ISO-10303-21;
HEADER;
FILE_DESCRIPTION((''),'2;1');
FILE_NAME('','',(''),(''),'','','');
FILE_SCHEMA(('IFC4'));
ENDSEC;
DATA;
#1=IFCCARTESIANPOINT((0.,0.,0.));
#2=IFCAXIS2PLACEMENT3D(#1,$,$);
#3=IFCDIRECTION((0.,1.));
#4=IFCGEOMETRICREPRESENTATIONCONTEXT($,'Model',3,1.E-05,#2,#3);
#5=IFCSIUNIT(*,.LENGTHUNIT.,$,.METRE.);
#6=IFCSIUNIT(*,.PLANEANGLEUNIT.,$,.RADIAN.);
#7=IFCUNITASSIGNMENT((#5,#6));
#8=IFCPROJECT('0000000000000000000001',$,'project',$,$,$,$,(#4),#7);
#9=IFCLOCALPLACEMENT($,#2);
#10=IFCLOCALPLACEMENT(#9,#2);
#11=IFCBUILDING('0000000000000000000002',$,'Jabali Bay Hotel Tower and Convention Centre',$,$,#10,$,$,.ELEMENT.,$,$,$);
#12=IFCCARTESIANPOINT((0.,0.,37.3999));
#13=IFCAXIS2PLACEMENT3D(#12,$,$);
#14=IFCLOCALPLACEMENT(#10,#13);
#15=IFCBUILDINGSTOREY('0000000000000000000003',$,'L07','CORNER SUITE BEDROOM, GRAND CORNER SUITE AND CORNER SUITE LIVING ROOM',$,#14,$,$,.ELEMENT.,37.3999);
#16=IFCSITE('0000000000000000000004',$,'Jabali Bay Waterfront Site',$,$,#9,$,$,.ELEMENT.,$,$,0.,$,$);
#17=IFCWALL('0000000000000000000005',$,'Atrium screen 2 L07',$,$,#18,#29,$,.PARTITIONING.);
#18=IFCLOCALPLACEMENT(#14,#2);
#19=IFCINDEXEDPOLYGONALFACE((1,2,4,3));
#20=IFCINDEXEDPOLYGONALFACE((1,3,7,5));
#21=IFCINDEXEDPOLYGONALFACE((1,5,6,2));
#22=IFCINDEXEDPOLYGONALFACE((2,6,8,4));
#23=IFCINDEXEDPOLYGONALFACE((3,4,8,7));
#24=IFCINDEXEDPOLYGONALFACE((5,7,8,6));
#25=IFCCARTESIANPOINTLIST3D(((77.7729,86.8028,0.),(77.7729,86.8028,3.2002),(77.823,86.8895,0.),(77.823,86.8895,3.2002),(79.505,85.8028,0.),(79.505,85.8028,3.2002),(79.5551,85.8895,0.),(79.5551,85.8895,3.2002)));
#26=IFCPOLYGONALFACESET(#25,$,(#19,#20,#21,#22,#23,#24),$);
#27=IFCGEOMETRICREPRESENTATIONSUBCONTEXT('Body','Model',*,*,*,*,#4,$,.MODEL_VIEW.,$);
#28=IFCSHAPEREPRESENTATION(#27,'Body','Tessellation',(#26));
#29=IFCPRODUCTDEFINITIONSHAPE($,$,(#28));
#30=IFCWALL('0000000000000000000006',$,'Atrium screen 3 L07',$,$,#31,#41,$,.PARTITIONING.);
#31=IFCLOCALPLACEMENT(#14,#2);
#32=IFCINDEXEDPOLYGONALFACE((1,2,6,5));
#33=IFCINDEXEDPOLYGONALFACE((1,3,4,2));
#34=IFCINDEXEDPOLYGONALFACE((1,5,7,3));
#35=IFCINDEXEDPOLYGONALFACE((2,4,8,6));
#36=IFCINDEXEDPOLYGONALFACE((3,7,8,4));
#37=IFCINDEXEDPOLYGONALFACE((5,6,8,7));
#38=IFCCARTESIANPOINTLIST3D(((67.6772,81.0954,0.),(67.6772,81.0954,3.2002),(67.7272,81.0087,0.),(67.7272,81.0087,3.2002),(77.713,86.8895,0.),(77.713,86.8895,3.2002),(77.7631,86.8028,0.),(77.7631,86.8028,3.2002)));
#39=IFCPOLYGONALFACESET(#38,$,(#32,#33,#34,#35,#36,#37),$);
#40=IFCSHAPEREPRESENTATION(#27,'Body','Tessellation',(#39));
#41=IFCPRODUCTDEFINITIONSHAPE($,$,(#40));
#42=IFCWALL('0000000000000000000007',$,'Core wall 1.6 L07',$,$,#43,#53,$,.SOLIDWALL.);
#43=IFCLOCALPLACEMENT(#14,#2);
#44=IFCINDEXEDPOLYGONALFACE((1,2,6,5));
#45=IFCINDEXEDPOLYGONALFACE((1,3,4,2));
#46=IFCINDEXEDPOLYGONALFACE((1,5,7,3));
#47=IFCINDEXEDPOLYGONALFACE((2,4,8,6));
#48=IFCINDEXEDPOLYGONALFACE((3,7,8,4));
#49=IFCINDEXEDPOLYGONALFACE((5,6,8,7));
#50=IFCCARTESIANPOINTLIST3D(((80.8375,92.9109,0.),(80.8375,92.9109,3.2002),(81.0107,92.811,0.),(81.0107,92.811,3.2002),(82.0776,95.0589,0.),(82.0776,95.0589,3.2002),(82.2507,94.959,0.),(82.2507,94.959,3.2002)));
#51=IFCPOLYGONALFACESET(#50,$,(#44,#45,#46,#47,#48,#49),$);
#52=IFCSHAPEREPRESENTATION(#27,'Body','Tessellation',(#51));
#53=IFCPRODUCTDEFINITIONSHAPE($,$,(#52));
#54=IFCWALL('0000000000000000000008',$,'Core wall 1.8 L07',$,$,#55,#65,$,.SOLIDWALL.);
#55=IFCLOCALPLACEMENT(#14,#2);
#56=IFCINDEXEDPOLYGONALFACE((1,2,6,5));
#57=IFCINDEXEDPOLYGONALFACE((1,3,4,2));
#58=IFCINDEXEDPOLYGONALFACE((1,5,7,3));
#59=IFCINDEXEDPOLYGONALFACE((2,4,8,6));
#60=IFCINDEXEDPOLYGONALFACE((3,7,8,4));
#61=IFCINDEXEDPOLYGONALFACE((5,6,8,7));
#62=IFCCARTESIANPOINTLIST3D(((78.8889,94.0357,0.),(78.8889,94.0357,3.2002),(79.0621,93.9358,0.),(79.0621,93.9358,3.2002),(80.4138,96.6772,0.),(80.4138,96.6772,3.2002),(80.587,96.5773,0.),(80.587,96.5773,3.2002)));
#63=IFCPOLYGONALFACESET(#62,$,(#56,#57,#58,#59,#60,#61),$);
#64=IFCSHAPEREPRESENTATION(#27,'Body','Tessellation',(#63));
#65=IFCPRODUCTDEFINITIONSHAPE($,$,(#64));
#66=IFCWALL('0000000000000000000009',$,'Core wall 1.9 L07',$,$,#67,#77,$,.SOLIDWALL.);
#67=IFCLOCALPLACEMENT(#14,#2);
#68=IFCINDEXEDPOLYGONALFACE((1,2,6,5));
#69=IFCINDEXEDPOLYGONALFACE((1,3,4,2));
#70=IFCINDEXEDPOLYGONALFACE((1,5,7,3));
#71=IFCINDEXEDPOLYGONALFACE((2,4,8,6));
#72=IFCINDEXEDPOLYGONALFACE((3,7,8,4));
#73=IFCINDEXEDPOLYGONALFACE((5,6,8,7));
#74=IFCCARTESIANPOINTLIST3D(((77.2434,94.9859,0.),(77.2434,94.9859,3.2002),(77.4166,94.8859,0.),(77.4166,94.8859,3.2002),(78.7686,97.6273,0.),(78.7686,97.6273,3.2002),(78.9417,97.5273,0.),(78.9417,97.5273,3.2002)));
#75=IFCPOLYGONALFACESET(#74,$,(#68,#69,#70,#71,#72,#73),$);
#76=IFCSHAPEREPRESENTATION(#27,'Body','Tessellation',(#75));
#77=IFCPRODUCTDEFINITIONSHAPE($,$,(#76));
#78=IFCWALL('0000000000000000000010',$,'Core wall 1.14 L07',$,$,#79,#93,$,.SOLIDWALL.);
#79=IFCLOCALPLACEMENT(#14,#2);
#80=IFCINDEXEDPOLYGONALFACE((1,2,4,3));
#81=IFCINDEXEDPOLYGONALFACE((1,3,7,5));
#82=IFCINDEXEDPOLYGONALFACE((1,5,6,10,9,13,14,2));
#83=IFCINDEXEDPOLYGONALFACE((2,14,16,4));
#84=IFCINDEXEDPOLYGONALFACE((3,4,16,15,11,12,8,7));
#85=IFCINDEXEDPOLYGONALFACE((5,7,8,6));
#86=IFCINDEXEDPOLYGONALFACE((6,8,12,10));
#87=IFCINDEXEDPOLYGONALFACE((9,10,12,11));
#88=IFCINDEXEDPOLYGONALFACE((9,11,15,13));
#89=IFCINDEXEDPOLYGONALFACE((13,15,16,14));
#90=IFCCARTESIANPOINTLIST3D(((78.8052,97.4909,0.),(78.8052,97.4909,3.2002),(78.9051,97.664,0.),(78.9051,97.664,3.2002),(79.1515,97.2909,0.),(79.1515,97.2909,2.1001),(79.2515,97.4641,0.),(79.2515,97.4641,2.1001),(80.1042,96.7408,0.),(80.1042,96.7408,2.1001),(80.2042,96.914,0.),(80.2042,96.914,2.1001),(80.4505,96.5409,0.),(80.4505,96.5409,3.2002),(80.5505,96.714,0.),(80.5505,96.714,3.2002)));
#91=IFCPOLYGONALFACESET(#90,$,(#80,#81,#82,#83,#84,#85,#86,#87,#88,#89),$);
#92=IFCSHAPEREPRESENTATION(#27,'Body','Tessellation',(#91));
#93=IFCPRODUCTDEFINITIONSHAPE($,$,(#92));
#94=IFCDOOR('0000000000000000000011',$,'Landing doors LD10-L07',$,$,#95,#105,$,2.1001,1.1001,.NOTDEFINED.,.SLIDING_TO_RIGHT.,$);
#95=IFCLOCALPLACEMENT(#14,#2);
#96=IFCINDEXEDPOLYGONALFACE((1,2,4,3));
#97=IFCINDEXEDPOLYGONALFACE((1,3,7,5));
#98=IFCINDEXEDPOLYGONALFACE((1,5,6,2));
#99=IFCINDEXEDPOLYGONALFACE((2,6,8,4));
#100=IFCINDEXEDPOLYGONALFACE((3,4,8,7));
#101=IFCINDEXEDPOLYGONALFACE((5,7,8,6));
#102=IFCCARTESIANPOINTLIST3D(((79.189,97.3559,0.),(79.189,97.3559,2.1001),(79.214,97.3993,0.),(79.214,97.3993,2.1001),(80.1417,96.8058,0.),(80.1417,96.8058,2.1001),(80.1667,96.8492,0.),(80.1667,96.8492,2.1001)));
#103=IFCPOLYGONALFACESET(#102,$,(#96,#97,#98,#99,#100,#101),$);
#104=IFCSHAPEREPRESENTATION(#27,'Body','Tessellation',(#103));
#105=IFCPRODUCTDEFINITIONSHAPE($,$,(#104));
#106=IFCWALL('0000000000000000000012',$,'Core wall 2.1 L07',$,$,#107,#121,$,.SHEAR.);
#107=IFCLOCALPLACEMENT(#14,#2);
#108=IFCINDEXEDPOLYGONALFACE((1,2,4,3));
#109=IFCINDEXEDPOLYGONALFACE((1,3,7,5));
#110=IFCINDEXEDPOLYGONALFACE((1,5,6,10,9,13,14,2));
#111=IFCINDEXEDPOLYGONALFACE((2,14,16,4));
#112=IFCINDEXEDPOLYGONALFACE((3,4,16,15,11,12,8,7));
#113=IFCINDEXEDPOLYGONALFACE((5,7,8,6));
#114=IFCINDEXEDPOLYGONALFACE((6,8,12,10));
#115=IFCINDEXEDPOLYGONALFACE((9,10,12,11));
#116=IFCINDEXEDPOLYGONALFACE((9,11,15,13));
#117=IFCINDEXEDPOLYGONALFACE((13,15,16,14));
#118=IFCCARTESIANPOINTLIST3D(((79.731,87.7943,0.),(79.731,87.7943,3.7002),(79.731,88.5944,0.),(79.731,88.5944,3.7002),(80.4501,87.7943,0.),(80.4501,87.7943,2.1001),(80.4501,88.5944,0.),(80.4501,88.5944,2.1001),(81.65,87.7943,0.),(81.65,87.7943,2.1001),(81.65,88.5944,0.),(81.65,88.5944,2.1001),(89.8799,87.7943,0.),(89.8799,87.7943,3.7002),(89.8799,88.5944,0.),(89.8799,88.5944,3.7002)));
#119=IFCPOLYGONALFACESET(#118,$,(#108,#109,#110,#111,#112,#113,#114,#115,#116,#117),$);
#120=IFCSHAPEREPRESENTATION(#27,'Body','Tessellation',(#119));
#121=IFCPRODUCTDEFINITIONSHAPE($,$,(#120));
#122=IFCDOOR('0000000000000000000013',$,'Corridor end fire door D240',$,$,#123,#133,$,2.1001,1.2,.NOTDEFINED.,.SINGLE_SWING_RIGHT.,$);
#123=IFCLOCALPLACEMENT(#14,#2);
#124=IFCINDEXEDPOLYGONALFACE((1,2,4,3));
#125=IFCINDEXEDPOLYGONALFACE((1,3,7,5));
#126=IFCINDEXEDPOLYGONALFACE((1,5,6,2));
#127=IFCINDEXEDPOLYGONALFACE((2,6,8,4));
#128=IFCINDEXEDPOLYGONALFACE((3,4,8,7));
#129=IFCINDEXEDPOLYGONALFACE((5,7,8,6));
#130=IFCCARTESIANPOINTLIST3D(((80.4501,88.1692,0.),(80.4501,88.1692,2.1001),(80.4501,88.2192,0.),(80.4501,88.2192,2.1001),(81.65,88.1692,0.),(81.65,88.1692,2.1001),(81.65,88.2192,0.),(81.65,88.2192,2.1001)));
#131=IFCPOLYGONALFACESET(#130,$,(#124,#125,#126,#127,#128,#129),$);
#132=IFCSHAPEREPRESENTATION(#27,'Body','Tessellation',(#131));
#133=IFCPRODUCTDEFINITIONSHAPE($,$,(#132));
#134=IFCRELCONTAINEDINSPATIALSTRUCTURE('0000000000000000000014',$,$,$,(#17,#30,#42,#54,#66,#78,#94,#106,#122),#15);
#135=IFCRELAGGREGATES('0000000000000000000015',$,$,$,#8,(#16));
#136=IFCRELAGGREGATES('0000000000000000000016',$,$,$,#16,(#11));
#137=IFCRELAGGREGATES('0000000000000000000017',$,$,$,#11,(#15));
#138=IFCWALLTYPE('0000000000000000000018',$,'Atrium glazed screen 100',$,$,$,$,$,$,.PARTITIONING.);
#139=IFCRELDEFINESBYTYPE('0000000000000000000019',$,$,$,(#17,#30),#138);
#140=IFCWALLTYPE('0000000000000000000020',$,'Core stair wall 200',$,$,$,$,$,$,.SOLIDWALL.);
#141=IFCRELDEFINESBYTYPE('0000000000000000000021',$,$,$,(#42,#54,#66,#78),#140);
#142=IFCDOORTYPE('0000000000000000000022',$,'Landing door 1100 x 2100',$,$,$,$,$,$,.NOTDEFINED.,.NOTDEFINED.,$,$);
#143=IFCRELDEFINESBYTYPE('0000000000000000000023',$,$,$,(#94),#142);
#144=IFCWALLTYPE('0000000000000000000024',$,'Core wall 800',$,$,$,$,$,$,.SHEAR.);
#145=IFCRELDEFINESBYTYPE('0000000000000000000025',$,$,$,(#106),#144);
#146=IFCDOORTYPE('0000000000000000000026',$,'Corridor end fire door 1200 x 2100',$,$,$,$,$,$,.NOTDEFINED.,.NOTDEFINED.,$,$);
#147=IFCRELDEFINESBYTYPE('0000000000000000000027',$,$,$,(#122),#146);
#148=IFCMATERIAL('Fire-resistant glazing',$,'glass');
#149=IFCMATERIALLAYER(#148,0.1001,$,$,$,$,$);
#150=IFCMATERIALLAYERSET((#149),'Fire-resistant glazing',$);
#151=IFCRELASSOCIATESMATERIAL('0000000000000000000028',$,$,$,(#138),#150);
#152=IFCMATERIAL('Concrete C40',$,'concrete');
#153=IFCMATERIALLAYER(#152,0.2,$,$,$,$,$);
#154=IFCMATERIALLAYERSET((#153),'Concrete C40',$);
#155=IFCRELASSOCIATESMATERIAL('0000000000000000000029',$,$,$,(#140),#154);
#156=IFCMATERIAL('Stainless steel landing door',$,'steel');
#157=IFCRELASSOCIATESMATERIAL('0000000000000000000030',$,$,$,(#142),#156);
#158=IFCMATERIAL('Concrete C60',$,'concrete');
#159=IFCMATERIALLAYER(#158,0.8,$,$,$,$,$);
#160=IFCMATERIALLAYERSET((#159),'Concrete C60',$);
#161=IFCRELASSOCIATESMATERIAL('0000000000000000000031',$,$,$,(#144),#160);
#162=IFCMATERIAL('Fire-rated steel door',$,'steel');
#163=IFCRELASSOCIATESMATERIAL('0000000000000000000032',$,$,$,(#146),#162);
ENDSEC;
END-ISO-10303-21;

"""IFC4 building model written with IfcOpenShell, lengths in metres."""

from ifc_helpers import new_model, si_unit, direction, frame, frame_2d, origin, place, context, subcontext, project, spatial, rectangle, extrude, material, layer, layer_set, type_object, element, fill, save


model = new_model("IFC4")

# Units and contexts
model_context = context("Model", 3, precision=1e-05, world=origin(), true_north=direction((0.0, 1.0)))
body_context = subcontext(model_context, "Body", "Model", "MODEL_VIEW")
ifc_project = project(units=[si_unit("LENGTHUNIT", "METRE"), si_unit("PLANEANGLEUNIT", "RADIAN")], contexts=[model_context])

# Site, building, storey
site_placement = place(None, origin())
site = spatial("IfcSite", under=ifc_project, at=site_placement, Name="Jabali Bay Waterfront Site", CompositionType="ELEMENT", RefElevation=0.0)
building_placement = place(site_placement, origin())
building = spatial("IfcBuilding", under=site, at=building_placement, Name="Jabali Bay Hotel Tower and Convention Centre", CompositionType="ELEMENT")
storey_placement = place(building_placement, frame((0.0, 0.0, 37.3999)))
storey = spatial("IfcBuildingStorey", under=building, at=storey_placement, Name="L07", Description="CORNER SUITE BEDROOM, GRAND CORNER SUITE AND CORNER SUITE LIVING ROOM", CompositionType="ELEMENT", Elevation=37.3999)

# Walls
ifc_material_1 = material(Name="Fire-resistant glazing", Category="glass")
ifc_layer_1 = layer(ifc_material_1, 0.1001)
ifc_layer_set_1 = layer_set([ifc_layer_1], Name="Fire-resistant glazing")
wall_type_1 = type_object("IfcWallType", Name="Atrium glazed screen 100", PredefinedType="PARTITIONING", material=ifc_layer_set_1)
wall_1_placement = place(storey_placement, frame((79.53, 85.8462, 0.0), z_axis=(0.0, 0.0, 1.0), x_axis=(-0.866041, 0.499973, 0.0)))
element("IfcWall", 1, at=wall_1_placement, inside=storey, type_object=wall_type_1, Name="Atrium screen 2 L07", PredefinedType="PARTITIONING", context=body_context, shape_type="SweptSolid", body=[
    extrude(rectangle(XDim=2.0, YDim=0.1001, at=frame_2d((1.0, 0.0))), origin(), (0.0, 0.0, 1.0), 3.2002),
])
wall_2_placement = place(storey_placement, frame((77.738, 86.8462, 0.0), z_axis=(0.0, 0.0, 1.0), x_axis=(-0.866027, -0.499998, 0.0)))
element("IfcWall", 2, at=wall_2_placement, inside=storey, type_object=wall_type_1, Name="Atrium screen 3 L07", PredefinedType="PARTITIONING", context=body_context, shape_type="SweptSolid", body=[
    extrude(rectangle(XDim=11.5884, YDim=0.1001, at=frame_2d((5.7942, 0.0))), origin(), (0.0, 0.0, 1.0), 3.2002),
])
ifc_material_2 = material(Name="Concrete C40", Category="concrete")
ifc_layer_2 = layer(ifc_material_2, 0.2)
ifc_layer_set_2 = layer_set([ifc_layer_2], Name="Concrete C40")
wall_type_2 = type_object("IfcWallType", Name="Core stair wall 200", PredefinedType="SOLIDWALL", material=ifc_layer_set_2)
wall_3_placement = place(storey_placement, frame((80.9241, 92.8608, 0.0), z_axis=(0.0, 0.0, 1.0), x_axis=(0.499961, 0.866048, 0.0)))
element("IfcWall", 3, at=wall_3_placement, inside=storey, type_object=wall_type_2, Name="Core wall 1.6 L07", PredefinedType="SOLIDWALL", context=body_context, shape_type="SweptSolid", body=[
    extrude(rectangle(XDim=2.4802, YDim=0.2, at=frame_2d((1.2402, 0.0))), origin(), (0.0, 0.0, 1.0), 3.2002),
])
for number, where, z_axis, x_axis, name in (
    (4, (78.9756, 93.9858, 0.0), (0.0, 0.0, 1.0), (0.499944, 0.866058, 0.0), "Core wall 1.8 L07"),
    (5, (77.3301, 94.936, 0.0), (0.0, 0.0, 1.0), (0.500039, 0.866003, 0.0), "Core wall 1.9 L07"),
):
    element("IfcWall", number, at=place(storey_placement, frame(where, z_axis=z_axis, x_axis=x_axis)), inside=storey, type_object=wall_type_2, Name=name, PredefinedType="SOLIDWALL", context=body_context, shape_type="SweptSolid", body=[
        extrude(rectangle(XDim=3.05, YDim=0.2, at=frame_2d((1.5249, 0.0))), origin(), (0.0, 0.0, 1.0), 3.2002),
    ])

# Walls, openings, doors
wall_4_placement = place(storey_placement, frame((80.5005, 96.6274, 0.0), z_axis=(0.0, 0.0, 1.0), x_axis=(-0.866012, 0.500023, 0.0)))
wall_4 = element("IfcWall", 6, at=wall_4_placement, inside=storey, type_object=wall_type_2, Name="Core wall 1.14 L07", PredefinedType="SOLIDWALL", context=body_context, shape_type="SweptSolid", body=[
    extrude(rectangle(XDim=1.8999, YDim=0.2, at=frame_2d((0.95, 0.0))), origin(), (0.0, 0.0, 1.0), 3.2002),
])
opening_1_placement = place(wall_4_placement, frame((0.3999, 0.0, 0.0)))
opening_1 = element("IfcOpeningElement", 7, at=opening_1_placement, cuts=wall_4, PredefinedType="OPENING", context=body_context, shape_type="SweptSolid", body=[
    extrude(rectangle(XDim=1.1001, YDim=2.1001, at=frame_2d((0.55, 1.05))), frame((0.0, 0.1104, 0.0), z_axis=(0.0, -1.0, 0.0), x_axis=(1.0, 0.0, 0.0)), (0.0, 0.0, 1.0), 0.2209),
])
ifc_material_3 = material(Name="Stainless steel landing door", Category="steel")
door_type_1 = type_object("IfcDoorType", Name="Landing door 1100 x 2100", OperationType="NOTDEFINED", PredefinedType="NOTDEFINED", material=ifc_material_3)
door_1_placement = place(opening_1_placement, origin())
door_1 = element("IfcDoor", 8, at=door_1_placement, inside=storey, type_object=door_type_1, Name="Landing doors LD10-L07", OperationType="SLIDING_TO_RIGHT", OverallHeight=2.1001, OverallWidth=1.1001, PredefinedType="NOTDEFINED", context=body_context, shape_type="SweptSolid", body=[
    extrude(rectangle(XDim=1.1001, YDim=2.1001, at=frame_2d((0.55, 1.05))), frame((0.0, 0.0249, 0.0), z_axis=(0.0, -1.0, 0.0), x_axis=(1.0, 0.0, 0.0)), (0.0, 0.0, 1.0), 0.05),
])
fill(opening_1, door_1)
ifc_material_4 = material(Name="Concrete C60", Category="concrete")
ifc_layer_3 = layer(ifc_material_4, 0.8)
ifc_layer_set_3 = layer_set([ifc_layer_3], Name="Concrete C60")
wall_type_3 = type_object("IfcWallType", Name="Core wall 800", PredefinedType="SHEAR", material=ifc_layer_set_3)
wall_5_placement = place(storey_placement, frame((79.731, 88.1943, 0.0), z_axis=(0.0, 0.0, 1.0), x_axis=(1.0, 0.0, 0.0)))
wall_5 = element("IfcWall", 9, at=wall_5_placement, inside=storey, type_object=wall_type_3, Name="Core wall 2.1 L07", PredefinedType="SHEAR", context=body_context, shape_type="SweptSolid", body=[
    extrude(rectangle(XDim=10.1489, YDim=0.8, at=frame_2d((5.0745, 0.0))), origin(), (0.0, 0.0, 1.0), 3.7002),
])
opening_2_placement = place(wall_5_placement, frame((0.719, 0.0, 0.0)))
opening_2 = element("IfcOpeningElement", 10, at=opening_2_placement, cuts=wall_5, PredefinedType="OPENING", context=body_context, shape_type="SweptSolid", body=[
    extrude(rectangle(XDim=1.2, YDim=2.1001, at=frame_2d((0.6001, 1.05))), frame((0.0, 0.4106, 0.0), z_axis=(0.0, -1.0, 0.0), x_axis=(1.0, 0.0, 0.0)), (0.0, 0.0, 1.0), 0.821),
])
ifc_material_5 = material(Name="Fire-rated steel door", Category="steel")
door_type_2 = type_object("IfcDoorType", Name="Corridor end fire door 1200 x 2100", OperationType="NOTDEFINED", PredefinedType="NOTDEFINED", material=ifc_material_5)
door_2_placement = place(opening_2_placement, origin())
door_2 = element("IfcDoor", 11, at=door_2_placement, inside=storey, type_object=door_type_2, Name="Corridor end fire door D240", OperationType="SINGLE_SWING_RIGHT", OverallHeight=2.1001, OverallWidth=1.2, PredefinedType="NOTDEFINED", context=body_context, shape_type="SweptSolid", body=[
    extrude(rectangle(XDim=1.2, YDim=2.1001, at=frame_2d((0.6001, 1.05))), frame((0.0, 0.0249, 0.0), z_axis=(0.0, -1.0, 0.0), x_axis=(1.0, 0.0, 0.0)), (0.0, 0.0, 1.0), 0.05),
])
fill(opening_2, door_2)

save(model, "model.ifc")
